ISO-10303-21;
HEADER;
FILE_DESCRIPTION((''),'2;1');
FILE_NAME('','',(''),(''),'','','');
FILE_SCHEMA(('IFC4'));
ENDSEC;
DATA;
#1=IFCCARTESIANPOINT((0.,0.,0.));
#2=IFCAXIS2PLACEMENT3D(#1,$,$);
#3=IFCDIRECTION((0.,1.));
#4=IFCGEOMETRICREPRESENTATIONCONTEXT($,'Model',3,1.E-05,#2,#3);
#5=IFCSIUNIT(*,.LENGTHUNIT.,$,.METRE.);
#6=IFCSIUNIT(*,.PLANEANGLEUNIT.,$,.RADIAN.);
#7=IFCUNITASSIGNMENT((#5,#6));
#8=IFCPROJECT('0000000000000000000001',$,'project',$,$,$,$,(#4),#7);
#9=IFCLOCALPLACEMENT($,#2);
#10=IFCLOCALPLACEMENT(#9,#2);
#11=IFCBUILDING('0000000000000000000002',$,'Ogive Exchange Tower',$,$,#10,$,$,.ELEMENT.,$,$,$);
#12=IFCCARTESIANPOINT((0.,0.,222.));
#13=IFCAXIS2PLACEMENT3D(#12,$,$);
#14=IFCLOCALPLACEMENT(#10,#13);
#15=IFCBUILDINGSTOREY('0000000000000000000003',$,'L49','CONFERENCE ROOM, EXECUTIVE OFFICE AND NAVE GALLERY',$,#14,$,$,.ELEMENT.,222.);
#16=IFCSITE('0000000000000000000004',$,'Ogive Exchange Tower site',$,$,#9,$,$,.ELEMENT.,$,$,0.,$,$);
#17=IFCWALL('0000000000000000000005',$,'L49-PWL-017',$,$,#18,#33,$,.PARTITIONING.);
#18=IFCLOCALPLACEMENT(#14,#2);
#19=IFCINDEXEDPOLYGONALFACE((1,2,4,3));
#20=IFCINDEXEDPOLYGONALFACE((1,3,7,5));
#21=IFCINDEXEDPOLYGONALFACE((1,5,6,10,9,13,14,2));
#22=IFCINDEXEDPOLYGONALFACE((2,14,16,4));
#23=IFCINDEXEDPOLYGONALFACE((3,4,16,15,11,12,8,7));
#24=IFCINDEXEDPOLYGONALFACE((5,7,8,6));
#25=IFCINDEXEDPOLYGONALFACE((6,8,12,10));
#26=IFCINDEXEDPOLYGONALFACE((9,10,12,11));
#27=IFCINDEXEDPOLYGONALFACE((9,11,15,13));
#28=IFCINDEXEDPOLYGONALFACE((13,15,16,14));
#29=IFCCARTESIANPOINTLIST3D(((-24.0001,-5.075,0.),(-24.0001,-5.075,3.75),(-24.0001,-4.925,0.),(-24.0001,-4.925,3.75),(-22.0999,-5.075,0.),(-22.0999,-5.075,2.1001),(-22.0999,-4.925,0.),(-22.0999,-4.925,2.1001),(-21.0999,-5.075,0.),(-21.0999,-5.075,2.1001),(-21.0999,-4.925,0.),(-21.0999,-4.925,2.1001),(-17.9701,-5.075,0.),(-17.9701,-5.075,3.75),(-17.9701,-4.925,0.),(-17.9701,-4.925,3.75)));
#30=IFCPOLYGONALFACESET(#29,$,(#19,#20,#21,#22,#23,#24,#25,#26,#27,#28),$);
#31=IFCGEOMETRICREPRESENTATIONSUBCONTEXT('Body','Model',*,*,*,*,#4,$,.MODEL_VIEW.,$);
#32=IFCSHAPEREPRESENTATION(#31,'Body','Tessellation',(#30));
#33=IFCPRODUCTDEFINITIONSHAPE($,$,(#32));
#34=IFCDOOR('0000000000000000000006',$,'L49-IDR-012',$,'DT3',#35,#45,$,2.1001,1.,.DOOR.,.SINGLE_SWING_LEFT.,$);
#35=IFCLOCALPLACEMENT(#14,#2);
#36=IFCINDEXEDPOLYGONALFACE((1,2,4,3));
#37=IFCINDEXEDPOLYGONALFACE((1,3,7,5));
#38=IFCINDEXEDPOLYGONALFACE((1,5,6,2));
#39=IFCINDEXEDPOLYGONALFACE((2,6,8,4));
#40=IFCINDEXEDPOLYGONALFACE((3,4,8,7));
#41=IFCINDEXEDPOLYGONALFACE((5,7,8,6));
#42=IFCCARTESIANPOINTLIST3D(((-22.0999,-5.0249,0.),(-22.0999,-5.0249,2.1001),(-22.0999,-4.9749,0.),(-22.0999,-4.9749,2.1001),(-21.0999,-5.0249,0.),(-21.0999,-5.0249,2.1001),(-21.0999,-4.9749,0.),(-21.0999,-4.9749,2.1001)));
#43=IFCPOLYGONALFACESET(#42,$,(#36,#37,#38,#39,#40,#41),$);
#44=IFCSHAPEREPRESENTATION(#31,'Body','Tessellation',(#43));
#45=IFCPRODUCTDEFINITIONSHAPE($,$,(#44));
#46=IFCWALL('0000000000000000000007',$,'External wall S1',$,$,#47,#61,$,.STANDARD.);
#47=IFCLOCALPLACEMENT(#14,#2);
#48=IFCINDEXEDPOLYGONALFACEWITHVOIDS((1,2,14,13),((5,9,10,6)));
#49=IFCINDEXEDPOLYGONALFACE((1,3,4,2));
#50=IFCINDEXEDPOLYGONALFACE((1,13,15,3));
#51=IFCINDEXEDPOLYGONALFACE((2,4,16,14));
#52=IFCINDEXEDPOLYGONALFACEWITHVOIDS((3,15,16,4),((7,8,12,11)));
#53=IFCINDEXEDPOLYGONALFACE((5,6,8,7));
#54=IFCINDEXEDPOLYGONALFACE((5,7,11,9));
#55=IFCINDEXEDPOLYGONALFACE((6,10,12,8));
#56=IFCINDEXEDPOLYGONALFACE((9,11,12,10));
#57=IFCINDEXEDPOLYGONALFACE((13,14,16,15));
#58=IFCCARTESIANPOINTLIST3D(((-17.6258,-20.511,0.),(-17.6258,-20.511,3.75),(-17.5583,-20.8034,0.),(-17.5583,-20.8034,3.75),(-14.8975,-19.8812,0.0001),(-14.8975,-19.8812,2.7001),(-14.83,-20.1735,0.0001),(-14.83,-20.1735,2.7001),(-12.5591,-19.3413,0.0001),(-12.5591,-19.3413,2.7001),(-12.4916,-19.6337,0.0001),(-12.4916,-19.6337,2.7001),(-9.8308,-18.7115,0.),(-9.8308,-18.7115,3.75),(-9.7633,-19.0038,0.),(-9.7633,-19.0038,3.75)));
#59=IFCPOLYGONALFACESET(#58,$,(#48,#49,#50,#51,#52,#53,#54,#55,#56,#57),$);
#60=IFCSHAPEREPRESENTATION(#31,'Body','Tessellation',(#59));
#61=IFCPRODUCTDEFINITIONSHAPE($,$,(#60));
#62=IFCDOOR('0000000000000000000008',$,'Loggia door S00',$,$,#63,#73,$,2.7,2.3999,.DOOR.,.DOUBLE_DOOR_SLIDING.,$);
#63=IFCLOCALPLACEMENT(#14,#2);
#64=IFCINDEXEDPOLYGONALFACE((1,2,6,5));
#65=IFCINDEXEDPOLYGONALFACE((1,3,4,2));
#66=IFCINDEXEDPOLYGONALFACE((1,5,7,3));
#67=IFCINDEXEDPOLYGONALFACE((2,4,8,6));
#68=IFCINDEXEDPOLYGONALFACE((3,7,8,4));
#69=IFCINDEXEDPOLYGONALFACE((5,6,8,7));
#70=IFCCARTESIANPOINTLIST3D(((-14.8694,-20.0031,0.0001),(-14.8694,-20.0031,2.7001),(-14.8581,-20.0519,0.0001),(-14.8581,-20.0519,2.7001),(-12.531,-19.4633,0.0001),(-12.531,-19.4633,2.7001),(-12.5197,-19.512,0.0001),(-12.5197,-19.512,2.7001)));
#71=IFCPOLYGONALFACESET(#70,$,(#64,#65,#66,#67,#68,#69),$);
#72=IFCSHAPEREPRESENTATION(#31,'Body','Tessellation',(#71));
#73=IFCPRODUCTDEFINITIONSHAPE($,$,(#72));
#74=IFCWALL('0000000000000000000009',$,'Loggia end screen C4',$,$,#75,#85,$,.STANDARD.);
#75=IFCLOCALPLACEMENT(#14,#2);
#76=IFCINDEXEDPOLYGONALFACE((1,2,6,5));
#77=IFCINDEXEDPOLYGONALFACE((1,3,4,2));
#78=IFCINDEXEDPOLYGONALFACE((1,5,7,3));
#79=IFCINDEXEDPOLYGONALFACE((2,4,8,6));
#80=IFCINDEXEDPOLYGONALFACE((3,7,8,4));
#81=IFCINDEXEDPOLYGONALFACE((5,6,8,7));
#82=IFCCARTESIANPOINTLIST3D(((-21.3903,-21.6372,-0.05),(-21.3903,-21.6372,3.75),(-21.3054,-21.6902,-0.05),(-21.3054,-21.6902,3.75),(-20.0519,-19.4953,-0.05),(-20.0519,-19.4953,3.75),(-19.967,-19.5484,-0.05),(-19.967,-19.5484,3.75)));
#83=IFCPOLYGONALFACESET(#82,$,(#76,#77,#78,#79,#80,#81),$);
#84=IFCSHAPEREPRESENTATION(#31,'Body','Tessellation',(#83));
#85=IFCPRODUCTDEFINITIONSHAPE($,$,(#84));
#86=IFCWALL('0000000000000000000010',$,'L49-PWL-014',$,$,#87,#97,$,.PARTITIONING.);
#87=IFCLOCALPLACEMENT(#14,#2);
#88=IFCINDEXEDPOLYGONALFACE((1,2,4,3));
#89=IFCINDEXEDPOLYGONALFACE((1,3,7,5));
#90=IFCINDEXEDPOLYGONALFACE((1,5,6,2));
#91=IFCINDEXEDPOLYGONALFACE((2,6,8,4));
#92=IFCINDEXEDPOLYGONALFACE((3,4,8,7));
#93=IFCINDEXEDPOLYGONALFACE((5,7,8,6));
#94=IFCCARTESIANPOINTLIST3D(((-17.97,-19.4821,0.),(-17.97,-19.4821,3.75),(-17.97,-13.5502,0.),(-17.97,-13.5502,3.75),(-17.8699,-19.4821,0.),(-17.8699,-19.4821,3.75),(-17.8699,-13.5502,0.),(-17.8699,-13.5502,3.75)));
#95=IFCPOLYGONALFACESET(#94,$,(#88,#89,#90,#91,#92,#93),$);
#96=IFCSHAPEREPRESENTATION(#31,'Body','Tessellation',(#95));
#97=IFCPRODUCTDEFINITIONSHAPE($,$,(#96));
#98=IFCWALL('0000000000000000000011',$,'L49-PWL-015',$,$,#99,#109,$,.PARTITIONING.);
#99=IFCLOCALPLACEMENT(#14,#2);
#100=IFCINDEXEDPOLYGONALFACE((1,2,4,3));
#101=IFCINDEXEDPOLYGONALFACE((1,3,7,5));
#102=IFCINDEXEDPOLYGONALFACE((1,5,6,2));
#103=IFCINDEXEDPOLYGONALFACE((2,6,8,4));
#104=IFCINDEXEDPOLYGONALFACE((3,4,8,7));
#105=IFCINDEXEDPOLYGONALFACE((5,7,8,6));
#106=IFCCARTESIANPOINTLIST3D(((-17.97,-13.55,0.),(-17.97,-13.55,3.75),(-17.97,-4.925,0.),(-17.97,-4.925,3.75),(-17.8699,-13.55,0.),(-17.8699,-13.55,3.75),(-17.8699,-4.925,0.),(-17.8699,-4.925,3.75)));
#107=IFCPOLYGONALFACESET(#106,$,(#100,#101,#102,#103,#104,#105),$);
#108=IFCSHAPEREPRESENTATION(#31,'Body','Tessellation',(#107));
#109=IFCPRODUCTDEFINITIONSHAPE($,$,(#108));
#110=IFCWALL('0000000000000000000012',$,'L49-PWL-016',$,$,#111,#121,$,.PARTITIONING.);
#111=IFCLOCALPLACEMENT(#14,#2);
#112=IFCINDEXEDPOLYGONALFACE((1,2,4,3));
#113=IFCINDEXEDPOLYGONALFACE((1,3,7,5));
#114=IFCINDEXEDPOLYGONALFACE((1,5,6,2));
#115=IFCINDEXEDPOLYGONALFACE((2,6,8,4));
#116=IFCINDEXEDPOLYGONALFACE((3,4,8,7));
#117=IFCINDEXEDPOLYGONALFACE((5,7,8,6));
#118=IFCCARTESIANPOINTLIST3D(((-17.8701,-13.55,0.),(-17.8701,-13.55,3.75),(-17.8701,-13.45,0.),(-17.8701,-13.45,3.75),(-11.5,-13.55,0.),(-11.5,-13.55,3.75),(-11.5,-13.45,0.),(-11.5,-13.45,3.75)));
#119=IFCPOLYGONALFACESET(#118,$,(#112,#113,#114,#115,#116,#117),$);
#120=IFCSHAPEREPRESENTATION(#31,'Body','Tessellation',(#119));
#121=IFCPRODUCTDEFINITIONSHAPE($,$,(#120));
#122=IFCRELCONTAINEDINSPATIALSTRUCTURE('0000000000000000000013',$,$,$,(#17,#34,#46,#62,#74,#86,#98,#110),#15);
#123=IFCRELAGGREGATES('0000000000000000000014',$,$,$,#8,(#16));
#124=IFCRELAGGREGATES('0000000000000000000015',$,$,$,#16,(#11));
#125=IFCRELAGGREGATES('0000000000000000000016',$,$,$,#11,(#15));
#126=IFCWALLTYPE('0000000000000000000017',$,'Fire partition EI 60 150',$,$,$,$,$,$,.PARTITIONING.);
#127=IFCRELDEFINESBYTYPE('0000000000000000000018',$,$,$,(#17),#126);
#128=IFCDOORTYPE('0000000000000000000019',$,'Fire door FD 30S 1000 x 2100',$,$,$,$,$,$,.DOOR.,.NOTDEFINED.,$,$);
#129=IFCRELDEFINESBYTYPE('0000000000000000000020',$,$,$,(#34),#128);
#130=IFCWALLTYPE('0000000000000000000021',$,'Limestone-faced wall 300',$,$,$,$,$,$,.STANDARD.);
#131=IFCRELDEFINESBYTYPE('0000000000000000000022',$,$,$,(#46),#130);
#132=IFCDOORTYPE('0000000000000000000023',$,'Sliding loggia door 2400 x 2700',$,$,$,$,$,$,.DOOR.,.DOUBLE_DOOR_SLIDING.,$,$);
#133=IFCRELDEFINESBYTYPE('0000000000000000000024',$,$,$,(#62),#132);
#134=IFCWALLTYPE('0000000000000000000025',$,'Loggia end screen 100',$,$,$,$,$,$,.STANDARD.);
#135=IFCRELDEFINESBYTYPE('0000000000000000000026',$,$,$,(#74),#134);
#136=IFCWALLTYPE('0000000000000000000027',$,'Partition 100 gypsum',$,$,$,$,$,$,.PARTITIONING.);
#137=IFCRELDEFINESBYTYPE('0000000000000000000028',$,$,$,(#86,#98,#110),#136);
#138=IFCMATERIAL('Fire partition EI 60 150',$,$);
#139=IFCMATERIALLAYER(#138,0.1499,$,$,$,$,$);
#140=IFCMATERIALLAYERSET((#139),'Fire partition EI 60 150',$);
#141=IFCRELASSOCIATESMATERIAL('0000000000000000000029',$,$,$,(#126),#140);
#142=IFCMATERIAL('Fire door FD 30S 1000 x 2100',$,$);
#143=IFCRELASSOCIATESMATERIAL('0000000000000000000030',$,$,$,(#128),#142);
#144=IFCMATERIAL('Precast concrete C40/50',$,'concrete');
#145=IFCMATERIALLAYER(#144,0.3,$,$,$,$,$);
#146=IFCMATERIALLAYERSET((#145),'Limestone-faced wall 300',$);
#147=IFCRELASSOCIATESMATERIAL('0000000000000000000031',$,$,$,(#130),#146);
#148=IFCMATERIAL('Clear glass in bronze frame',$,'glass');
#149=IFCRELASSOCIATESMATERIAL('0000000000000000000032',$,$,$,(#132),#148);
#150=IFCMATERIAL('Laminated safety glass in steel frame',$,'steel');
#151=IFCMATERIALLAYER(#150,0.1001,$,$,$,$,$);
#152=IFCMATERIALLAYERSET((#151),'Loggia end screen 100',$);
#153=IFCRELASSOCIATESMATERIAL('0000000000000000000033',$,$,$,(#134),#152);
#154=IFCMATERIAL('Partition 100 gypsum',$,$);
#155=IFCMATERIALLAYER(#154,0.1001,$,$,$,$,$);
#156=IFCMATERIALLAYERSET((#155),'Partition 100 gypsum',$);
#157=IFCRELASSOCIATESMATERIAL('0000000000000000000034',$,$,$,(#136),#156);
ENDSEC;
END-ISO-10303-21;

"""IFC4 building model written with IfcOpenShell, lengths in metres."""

from ifc_helpers import new_model, si_unit, direction, frame, frame_2d, origin, place, context, subcontext, project, spatial, rectangle, extrude, material, layer, layer_set, type_object, element, fill, save


model = new_model("IFC4")

# Units and contexts
model_context = context("Model", 3, precision=1e-05, world=origin(), true_north=direction((0.0, 1.0)))
body_context = subcontext(model_context, "Body", "Model", "MODEL_VIEW")
ifc_project = project(units=[si_unit("LENGTHUNIT", "METRE"), si_unit("PLANEANGLEUNIT", "RADIAN")], contexts=[model_context])

# Site, building, storey
site_placement = place(None, origin())
site = spatial("IfcSite", under=ifc_project, at=site_placement, Name="Ogive Exchange Tower site", CompositionType="ELEMENT", RefElevation=0.0)
building_placement = place(site_placement, origin())
building = spatial("IfcBuilding", under=site, at=building_placement, Name="Ogive Exchange Tower", CompositionType="ELEMENT")
storey_placement = place(building_placement, frame((0.0, 0.0, 222.0)))
storey = spatial("IfcBuildingStorey", under=building, at=storey_placement, Name="L49", Description="CONFERENCE ROOM, EXECUTIVE OFFICE AND NAVE GALLERY", CompositionType="ELEMENT", Elevation=222.0)

# Walls, openings, doors
ifc_material_1 = material(Name="Fire partition EI 60 150")
ifc_layer_1 = layer(ifc_material_1, 0.1499)
ifc_layer_set_1 = layer_set([ifc_layer_1], Name="Fire partition EI 60 150")
wall_type_1 = type_object("IfcWallType", Name="Fire partition EI 60 150", PredefinedType="PARTITIONING", material=ifc_layer_set_1)
wall_1_placement = place(storey_placement, frame((-17.97, -5.0, 0.0), z_axis=(0.0, 0.0, 1.0), x_axis=(-1.0, 0.0, 0.0)))
wall_1 = element("IfcWall", 1, at=wall_1_placement, inside=storey, type_object=wall_type_1, Name="L49-PWL-017", PredefinedType="PARTITIONING", context=body_context, shape_type="SweptSolid", body=[
    extrude(rectangle(XDim=6.03, YDim=0.1499, at=frame_2d((3.0151, 0.0))), origin(), (0.0, 0.0, 1.0), 3.75),
])
opening_1_placement = place(wall_1_placement, frame((3.1299, 0.0, 0.0)))
opening_1 = element("IfcOpeningElement", 2, at=opening_1_placement, cuts=wall_1, PredefinedType="OPENING", context=body_context, shape_type="SweptSolid", body=[
    extrude(rectangle(XDim=1.0, YDim=2.1001, at=frame_2d((0.5, 1.05))), frame((0.0, 0.085, 0.0), z_axis=(0.0, -1.0, 0.0), x_axis=(1.0, 0.0, 0.0)), (0.0, 0.0, 1.0), 0.1699),
])
ifc_material_2 = material(Name="Fire door FD 30S 1000 x 2100")
door_type_1 = type_object("IfcDoorType", Name="Fire door FD 30S 1000 x 2100", OperationType="NOTDEFINED", PredefinedType="DOOR", material=ifc_material_2)
door_1_placement = place(opening_1_placement, origin())
door_1 = element("IfcDoor", 3, at=door_1_placement, inside=storey, type_object=door_type_1, Name="L49-IDR-012", ObjectType="DT3", OperationType="SINGLE_SWING_LEFT", OverallHeight=2.1001, OverallWidth=1.0, PredefinedType="DOOR", context=body_context, shape_type="SweptSolid", body=[
    extrude(rectangle(XDim=1.0, YDim=2.1001, at=frame_2d((0.5, 1.05))), frame((0.0, 0.0249, 0.0), z_axis=(0.0, -1.0, 0.0), x_axis=(1.0, 0.0, 0.0)), (0.0, 0.0, 1.0), 0.05),
])
fill(opening_1, door_1)
ifc_material_3 = material(Name="Precast concrete C40/50", Category="concrete")
ifc_layer_2 = layer(ifc_material_3, 0.3)
ifc_layer_set_2 = layer_set([ifc_layer_2], Name="Limestone-faced wall 300")
wall_type_2 = type_object("IfcWallType", Name="Limestone-faced wall 300", PredefinedType="STANDARD", material=ifc_layer_set_2)
wall_2_placement = place(storey_placement, frame((-17.592, -20.6572, 0.0), z_axis=(0.0, 0.0, 1.0), x_axis=(0.974371, 0.224946, 0.0)))
wall_2 = element("IfcWall", 4, at=wall_2_placement, inside=storey, type_object=wall_type_2, Name="External wall S1", PredefinedType="STANDARD", context=body_context, shape_type="SweptSolid", body=[
    extrude(rectangle(XDim=8.0, YDim=0.3, at=frame_2d((4.0, 0.0))), origin(), (0.0, 0.0, 1.0), 3.75),
])
opening_2_placement = place(wall_2_placement, frame((2.8, 0.0, 0.0)))
opening_2 = element("IfcOpeningElement", 5, at=opening_2_placement, cuts=wall_2, PredefinedType="OPENING", context=body_context, shape_type="SweptSolid", body=[
    extrude(rectangle(XDim=2.3999, YDim=2.7, at=frame_2d((1.2, 1.3501))), frame((0.0, 0.1599, 0.0), z_axis=(0.0, -1.0, 0.0), x_axis=(1.0, 0.0, 0.0)), (0.0, 0.0, 1.0), 0.3201),
])
ifc_material_4 = material(Name="Clear glass in bronze frame", Category="glass")
door_type_2 = type_object("IfcDoorType", Name="Sliding loggia door 2400 x 2700", OperationType="DOUBLE_DOOR_SLIDING", PredefinedType="DOOR", material=ifc_material_4)
door_2_placement = place(opening_2_placement, origin())
door_2 = element("IfcDoor", 6, at=door_2_placement, inside=storey, type_object=door_type_2, Name="Loggia door S00", OperationType="DOUBLE_DOOR_SLIDING", OverallHeight=2.7, OverallWidth=2.3999, PredefinedType="DOOR", context=body_context, shape_type="SweptSolid", body=[
    extrude(rectangle(XDim=2.3999, YDim=2.7, at=frame_2d((1.2, 1.3501))), frame((0.0, 0.0249, 0.0), z_axis=(0.0, -1.0, 0.0), x_axis=(1.0, 0.0, 0.0)), (0.0, 0.0, 1.0), 0.05),
])
fill(opening_2, door_2)

# Walls
ifc_material_5 = material(Name="Laminated safety glass in steel frame", Category="steel")
ifc_layer_3 = layer(ifc_material_5, 0.1001)
ifc_layer_set_3 = layer_set([ifc_layer_3], Name="Loggia end screen 100")
wall_type_3 = type_object("IfcWallType", Name="Loggia end screen 100", PredefinedType="STANDARD", material=ifc_layer_set_3)
wall_3_placement = place(storey_placement, frame((-20.0095, -19.522, -0.05), z_axis=(0.0, 0.0, 1.0), x_axis=(-0.529921, -0.848047, 0.0)))
element("IfcWall", 7, at=wall_3_placement, inside=storey, type_object=wall_type_3, Name="Loggia end screen C4", PredefinedType="STANDARD", context=body_context, shape_type="SweptSolid", body=[
    extrude(rectangle(XDim=2.5256, YDim=0.1001, at=frame_2d((1.2627, 0.0))), origin(), (0.0, 0.0, 1.0), 3.8),
])
ifc_material_6 = material(Name="Partition 100 gypsum")
ifc_layer_4 = layer(ifc_material_6, 0.1001)
ifc_layer_set_4 = layer_set([ifc_layer_4], Name="Partition 100 gypsum")
wall_type_4 = type_object("IfcWallType", Name="Partition 100 gypsum", PredefinedType="PARTITIONING", material=ifc_layer_set_4)
wall_4_placement = place(storey_placement, frame((-17.9199, -19.4819, 0.0), z_axis=(0.0, 0.0, 1.0), x_axis=(0.0, 1.0, 0.0)))
element("IfcWall", 8, at=wall_4_placement, inside=storey, type_object=wall_type_4, Name="L49-PWL-014", PredefinedType="PARTITIONING", context=body_context, shape_type="SweptSolid", body=[
    extrude(rectangle(XDim=5.9319, YDim=0.1001, at=frame_2d((2.9658, 0.0))), origin(), (0.0, 0.0, 1.0), 3.75),
])
wall_5_placement = place(storey_placement, frame((-17.9199, -13.55, 0.0), z_axis=(0.0, 0.0, 1.0), x_axis=(0.0, 1.0, 0.0)))
element("IfcWall", 9, at=wall_5_placement, inside=storey, type_object=wall_type_4, Name="L49-PWL-015", PredefinedType="PARTITIONING", context=body_context, shape_type="SweptSolid", body=[
    extrude(rectangle(XDim=8.625, YDim=0.1001, at=frame_2d((4.3125, 0.0))), origin(), (0.0, 0.0, 1.0), 3.75),
])
wall_6_placement = place(storey_placement, frame((-17.8701, -13.5, 0.0), z_axis=(0.0, 0.0, 1.0), x_axis=(1.0, 0.0, 0.0)))
element("IfcWall", 10, at=wall_6_placement, inside=storey, type_object=wall_type_4, Name="L49-PWL-016", PredefinedType="PARTITIONING", context=body_context, shape_type="SweptSolid", body=[
    extrude(rectangle(XDim=6.3701, YDim=0.1001, at=frame_2d((3.1851, 0.0))), origin(), (0.0, 0.0, 1.0), 3.75),
])

save(model, "model.ifc")
